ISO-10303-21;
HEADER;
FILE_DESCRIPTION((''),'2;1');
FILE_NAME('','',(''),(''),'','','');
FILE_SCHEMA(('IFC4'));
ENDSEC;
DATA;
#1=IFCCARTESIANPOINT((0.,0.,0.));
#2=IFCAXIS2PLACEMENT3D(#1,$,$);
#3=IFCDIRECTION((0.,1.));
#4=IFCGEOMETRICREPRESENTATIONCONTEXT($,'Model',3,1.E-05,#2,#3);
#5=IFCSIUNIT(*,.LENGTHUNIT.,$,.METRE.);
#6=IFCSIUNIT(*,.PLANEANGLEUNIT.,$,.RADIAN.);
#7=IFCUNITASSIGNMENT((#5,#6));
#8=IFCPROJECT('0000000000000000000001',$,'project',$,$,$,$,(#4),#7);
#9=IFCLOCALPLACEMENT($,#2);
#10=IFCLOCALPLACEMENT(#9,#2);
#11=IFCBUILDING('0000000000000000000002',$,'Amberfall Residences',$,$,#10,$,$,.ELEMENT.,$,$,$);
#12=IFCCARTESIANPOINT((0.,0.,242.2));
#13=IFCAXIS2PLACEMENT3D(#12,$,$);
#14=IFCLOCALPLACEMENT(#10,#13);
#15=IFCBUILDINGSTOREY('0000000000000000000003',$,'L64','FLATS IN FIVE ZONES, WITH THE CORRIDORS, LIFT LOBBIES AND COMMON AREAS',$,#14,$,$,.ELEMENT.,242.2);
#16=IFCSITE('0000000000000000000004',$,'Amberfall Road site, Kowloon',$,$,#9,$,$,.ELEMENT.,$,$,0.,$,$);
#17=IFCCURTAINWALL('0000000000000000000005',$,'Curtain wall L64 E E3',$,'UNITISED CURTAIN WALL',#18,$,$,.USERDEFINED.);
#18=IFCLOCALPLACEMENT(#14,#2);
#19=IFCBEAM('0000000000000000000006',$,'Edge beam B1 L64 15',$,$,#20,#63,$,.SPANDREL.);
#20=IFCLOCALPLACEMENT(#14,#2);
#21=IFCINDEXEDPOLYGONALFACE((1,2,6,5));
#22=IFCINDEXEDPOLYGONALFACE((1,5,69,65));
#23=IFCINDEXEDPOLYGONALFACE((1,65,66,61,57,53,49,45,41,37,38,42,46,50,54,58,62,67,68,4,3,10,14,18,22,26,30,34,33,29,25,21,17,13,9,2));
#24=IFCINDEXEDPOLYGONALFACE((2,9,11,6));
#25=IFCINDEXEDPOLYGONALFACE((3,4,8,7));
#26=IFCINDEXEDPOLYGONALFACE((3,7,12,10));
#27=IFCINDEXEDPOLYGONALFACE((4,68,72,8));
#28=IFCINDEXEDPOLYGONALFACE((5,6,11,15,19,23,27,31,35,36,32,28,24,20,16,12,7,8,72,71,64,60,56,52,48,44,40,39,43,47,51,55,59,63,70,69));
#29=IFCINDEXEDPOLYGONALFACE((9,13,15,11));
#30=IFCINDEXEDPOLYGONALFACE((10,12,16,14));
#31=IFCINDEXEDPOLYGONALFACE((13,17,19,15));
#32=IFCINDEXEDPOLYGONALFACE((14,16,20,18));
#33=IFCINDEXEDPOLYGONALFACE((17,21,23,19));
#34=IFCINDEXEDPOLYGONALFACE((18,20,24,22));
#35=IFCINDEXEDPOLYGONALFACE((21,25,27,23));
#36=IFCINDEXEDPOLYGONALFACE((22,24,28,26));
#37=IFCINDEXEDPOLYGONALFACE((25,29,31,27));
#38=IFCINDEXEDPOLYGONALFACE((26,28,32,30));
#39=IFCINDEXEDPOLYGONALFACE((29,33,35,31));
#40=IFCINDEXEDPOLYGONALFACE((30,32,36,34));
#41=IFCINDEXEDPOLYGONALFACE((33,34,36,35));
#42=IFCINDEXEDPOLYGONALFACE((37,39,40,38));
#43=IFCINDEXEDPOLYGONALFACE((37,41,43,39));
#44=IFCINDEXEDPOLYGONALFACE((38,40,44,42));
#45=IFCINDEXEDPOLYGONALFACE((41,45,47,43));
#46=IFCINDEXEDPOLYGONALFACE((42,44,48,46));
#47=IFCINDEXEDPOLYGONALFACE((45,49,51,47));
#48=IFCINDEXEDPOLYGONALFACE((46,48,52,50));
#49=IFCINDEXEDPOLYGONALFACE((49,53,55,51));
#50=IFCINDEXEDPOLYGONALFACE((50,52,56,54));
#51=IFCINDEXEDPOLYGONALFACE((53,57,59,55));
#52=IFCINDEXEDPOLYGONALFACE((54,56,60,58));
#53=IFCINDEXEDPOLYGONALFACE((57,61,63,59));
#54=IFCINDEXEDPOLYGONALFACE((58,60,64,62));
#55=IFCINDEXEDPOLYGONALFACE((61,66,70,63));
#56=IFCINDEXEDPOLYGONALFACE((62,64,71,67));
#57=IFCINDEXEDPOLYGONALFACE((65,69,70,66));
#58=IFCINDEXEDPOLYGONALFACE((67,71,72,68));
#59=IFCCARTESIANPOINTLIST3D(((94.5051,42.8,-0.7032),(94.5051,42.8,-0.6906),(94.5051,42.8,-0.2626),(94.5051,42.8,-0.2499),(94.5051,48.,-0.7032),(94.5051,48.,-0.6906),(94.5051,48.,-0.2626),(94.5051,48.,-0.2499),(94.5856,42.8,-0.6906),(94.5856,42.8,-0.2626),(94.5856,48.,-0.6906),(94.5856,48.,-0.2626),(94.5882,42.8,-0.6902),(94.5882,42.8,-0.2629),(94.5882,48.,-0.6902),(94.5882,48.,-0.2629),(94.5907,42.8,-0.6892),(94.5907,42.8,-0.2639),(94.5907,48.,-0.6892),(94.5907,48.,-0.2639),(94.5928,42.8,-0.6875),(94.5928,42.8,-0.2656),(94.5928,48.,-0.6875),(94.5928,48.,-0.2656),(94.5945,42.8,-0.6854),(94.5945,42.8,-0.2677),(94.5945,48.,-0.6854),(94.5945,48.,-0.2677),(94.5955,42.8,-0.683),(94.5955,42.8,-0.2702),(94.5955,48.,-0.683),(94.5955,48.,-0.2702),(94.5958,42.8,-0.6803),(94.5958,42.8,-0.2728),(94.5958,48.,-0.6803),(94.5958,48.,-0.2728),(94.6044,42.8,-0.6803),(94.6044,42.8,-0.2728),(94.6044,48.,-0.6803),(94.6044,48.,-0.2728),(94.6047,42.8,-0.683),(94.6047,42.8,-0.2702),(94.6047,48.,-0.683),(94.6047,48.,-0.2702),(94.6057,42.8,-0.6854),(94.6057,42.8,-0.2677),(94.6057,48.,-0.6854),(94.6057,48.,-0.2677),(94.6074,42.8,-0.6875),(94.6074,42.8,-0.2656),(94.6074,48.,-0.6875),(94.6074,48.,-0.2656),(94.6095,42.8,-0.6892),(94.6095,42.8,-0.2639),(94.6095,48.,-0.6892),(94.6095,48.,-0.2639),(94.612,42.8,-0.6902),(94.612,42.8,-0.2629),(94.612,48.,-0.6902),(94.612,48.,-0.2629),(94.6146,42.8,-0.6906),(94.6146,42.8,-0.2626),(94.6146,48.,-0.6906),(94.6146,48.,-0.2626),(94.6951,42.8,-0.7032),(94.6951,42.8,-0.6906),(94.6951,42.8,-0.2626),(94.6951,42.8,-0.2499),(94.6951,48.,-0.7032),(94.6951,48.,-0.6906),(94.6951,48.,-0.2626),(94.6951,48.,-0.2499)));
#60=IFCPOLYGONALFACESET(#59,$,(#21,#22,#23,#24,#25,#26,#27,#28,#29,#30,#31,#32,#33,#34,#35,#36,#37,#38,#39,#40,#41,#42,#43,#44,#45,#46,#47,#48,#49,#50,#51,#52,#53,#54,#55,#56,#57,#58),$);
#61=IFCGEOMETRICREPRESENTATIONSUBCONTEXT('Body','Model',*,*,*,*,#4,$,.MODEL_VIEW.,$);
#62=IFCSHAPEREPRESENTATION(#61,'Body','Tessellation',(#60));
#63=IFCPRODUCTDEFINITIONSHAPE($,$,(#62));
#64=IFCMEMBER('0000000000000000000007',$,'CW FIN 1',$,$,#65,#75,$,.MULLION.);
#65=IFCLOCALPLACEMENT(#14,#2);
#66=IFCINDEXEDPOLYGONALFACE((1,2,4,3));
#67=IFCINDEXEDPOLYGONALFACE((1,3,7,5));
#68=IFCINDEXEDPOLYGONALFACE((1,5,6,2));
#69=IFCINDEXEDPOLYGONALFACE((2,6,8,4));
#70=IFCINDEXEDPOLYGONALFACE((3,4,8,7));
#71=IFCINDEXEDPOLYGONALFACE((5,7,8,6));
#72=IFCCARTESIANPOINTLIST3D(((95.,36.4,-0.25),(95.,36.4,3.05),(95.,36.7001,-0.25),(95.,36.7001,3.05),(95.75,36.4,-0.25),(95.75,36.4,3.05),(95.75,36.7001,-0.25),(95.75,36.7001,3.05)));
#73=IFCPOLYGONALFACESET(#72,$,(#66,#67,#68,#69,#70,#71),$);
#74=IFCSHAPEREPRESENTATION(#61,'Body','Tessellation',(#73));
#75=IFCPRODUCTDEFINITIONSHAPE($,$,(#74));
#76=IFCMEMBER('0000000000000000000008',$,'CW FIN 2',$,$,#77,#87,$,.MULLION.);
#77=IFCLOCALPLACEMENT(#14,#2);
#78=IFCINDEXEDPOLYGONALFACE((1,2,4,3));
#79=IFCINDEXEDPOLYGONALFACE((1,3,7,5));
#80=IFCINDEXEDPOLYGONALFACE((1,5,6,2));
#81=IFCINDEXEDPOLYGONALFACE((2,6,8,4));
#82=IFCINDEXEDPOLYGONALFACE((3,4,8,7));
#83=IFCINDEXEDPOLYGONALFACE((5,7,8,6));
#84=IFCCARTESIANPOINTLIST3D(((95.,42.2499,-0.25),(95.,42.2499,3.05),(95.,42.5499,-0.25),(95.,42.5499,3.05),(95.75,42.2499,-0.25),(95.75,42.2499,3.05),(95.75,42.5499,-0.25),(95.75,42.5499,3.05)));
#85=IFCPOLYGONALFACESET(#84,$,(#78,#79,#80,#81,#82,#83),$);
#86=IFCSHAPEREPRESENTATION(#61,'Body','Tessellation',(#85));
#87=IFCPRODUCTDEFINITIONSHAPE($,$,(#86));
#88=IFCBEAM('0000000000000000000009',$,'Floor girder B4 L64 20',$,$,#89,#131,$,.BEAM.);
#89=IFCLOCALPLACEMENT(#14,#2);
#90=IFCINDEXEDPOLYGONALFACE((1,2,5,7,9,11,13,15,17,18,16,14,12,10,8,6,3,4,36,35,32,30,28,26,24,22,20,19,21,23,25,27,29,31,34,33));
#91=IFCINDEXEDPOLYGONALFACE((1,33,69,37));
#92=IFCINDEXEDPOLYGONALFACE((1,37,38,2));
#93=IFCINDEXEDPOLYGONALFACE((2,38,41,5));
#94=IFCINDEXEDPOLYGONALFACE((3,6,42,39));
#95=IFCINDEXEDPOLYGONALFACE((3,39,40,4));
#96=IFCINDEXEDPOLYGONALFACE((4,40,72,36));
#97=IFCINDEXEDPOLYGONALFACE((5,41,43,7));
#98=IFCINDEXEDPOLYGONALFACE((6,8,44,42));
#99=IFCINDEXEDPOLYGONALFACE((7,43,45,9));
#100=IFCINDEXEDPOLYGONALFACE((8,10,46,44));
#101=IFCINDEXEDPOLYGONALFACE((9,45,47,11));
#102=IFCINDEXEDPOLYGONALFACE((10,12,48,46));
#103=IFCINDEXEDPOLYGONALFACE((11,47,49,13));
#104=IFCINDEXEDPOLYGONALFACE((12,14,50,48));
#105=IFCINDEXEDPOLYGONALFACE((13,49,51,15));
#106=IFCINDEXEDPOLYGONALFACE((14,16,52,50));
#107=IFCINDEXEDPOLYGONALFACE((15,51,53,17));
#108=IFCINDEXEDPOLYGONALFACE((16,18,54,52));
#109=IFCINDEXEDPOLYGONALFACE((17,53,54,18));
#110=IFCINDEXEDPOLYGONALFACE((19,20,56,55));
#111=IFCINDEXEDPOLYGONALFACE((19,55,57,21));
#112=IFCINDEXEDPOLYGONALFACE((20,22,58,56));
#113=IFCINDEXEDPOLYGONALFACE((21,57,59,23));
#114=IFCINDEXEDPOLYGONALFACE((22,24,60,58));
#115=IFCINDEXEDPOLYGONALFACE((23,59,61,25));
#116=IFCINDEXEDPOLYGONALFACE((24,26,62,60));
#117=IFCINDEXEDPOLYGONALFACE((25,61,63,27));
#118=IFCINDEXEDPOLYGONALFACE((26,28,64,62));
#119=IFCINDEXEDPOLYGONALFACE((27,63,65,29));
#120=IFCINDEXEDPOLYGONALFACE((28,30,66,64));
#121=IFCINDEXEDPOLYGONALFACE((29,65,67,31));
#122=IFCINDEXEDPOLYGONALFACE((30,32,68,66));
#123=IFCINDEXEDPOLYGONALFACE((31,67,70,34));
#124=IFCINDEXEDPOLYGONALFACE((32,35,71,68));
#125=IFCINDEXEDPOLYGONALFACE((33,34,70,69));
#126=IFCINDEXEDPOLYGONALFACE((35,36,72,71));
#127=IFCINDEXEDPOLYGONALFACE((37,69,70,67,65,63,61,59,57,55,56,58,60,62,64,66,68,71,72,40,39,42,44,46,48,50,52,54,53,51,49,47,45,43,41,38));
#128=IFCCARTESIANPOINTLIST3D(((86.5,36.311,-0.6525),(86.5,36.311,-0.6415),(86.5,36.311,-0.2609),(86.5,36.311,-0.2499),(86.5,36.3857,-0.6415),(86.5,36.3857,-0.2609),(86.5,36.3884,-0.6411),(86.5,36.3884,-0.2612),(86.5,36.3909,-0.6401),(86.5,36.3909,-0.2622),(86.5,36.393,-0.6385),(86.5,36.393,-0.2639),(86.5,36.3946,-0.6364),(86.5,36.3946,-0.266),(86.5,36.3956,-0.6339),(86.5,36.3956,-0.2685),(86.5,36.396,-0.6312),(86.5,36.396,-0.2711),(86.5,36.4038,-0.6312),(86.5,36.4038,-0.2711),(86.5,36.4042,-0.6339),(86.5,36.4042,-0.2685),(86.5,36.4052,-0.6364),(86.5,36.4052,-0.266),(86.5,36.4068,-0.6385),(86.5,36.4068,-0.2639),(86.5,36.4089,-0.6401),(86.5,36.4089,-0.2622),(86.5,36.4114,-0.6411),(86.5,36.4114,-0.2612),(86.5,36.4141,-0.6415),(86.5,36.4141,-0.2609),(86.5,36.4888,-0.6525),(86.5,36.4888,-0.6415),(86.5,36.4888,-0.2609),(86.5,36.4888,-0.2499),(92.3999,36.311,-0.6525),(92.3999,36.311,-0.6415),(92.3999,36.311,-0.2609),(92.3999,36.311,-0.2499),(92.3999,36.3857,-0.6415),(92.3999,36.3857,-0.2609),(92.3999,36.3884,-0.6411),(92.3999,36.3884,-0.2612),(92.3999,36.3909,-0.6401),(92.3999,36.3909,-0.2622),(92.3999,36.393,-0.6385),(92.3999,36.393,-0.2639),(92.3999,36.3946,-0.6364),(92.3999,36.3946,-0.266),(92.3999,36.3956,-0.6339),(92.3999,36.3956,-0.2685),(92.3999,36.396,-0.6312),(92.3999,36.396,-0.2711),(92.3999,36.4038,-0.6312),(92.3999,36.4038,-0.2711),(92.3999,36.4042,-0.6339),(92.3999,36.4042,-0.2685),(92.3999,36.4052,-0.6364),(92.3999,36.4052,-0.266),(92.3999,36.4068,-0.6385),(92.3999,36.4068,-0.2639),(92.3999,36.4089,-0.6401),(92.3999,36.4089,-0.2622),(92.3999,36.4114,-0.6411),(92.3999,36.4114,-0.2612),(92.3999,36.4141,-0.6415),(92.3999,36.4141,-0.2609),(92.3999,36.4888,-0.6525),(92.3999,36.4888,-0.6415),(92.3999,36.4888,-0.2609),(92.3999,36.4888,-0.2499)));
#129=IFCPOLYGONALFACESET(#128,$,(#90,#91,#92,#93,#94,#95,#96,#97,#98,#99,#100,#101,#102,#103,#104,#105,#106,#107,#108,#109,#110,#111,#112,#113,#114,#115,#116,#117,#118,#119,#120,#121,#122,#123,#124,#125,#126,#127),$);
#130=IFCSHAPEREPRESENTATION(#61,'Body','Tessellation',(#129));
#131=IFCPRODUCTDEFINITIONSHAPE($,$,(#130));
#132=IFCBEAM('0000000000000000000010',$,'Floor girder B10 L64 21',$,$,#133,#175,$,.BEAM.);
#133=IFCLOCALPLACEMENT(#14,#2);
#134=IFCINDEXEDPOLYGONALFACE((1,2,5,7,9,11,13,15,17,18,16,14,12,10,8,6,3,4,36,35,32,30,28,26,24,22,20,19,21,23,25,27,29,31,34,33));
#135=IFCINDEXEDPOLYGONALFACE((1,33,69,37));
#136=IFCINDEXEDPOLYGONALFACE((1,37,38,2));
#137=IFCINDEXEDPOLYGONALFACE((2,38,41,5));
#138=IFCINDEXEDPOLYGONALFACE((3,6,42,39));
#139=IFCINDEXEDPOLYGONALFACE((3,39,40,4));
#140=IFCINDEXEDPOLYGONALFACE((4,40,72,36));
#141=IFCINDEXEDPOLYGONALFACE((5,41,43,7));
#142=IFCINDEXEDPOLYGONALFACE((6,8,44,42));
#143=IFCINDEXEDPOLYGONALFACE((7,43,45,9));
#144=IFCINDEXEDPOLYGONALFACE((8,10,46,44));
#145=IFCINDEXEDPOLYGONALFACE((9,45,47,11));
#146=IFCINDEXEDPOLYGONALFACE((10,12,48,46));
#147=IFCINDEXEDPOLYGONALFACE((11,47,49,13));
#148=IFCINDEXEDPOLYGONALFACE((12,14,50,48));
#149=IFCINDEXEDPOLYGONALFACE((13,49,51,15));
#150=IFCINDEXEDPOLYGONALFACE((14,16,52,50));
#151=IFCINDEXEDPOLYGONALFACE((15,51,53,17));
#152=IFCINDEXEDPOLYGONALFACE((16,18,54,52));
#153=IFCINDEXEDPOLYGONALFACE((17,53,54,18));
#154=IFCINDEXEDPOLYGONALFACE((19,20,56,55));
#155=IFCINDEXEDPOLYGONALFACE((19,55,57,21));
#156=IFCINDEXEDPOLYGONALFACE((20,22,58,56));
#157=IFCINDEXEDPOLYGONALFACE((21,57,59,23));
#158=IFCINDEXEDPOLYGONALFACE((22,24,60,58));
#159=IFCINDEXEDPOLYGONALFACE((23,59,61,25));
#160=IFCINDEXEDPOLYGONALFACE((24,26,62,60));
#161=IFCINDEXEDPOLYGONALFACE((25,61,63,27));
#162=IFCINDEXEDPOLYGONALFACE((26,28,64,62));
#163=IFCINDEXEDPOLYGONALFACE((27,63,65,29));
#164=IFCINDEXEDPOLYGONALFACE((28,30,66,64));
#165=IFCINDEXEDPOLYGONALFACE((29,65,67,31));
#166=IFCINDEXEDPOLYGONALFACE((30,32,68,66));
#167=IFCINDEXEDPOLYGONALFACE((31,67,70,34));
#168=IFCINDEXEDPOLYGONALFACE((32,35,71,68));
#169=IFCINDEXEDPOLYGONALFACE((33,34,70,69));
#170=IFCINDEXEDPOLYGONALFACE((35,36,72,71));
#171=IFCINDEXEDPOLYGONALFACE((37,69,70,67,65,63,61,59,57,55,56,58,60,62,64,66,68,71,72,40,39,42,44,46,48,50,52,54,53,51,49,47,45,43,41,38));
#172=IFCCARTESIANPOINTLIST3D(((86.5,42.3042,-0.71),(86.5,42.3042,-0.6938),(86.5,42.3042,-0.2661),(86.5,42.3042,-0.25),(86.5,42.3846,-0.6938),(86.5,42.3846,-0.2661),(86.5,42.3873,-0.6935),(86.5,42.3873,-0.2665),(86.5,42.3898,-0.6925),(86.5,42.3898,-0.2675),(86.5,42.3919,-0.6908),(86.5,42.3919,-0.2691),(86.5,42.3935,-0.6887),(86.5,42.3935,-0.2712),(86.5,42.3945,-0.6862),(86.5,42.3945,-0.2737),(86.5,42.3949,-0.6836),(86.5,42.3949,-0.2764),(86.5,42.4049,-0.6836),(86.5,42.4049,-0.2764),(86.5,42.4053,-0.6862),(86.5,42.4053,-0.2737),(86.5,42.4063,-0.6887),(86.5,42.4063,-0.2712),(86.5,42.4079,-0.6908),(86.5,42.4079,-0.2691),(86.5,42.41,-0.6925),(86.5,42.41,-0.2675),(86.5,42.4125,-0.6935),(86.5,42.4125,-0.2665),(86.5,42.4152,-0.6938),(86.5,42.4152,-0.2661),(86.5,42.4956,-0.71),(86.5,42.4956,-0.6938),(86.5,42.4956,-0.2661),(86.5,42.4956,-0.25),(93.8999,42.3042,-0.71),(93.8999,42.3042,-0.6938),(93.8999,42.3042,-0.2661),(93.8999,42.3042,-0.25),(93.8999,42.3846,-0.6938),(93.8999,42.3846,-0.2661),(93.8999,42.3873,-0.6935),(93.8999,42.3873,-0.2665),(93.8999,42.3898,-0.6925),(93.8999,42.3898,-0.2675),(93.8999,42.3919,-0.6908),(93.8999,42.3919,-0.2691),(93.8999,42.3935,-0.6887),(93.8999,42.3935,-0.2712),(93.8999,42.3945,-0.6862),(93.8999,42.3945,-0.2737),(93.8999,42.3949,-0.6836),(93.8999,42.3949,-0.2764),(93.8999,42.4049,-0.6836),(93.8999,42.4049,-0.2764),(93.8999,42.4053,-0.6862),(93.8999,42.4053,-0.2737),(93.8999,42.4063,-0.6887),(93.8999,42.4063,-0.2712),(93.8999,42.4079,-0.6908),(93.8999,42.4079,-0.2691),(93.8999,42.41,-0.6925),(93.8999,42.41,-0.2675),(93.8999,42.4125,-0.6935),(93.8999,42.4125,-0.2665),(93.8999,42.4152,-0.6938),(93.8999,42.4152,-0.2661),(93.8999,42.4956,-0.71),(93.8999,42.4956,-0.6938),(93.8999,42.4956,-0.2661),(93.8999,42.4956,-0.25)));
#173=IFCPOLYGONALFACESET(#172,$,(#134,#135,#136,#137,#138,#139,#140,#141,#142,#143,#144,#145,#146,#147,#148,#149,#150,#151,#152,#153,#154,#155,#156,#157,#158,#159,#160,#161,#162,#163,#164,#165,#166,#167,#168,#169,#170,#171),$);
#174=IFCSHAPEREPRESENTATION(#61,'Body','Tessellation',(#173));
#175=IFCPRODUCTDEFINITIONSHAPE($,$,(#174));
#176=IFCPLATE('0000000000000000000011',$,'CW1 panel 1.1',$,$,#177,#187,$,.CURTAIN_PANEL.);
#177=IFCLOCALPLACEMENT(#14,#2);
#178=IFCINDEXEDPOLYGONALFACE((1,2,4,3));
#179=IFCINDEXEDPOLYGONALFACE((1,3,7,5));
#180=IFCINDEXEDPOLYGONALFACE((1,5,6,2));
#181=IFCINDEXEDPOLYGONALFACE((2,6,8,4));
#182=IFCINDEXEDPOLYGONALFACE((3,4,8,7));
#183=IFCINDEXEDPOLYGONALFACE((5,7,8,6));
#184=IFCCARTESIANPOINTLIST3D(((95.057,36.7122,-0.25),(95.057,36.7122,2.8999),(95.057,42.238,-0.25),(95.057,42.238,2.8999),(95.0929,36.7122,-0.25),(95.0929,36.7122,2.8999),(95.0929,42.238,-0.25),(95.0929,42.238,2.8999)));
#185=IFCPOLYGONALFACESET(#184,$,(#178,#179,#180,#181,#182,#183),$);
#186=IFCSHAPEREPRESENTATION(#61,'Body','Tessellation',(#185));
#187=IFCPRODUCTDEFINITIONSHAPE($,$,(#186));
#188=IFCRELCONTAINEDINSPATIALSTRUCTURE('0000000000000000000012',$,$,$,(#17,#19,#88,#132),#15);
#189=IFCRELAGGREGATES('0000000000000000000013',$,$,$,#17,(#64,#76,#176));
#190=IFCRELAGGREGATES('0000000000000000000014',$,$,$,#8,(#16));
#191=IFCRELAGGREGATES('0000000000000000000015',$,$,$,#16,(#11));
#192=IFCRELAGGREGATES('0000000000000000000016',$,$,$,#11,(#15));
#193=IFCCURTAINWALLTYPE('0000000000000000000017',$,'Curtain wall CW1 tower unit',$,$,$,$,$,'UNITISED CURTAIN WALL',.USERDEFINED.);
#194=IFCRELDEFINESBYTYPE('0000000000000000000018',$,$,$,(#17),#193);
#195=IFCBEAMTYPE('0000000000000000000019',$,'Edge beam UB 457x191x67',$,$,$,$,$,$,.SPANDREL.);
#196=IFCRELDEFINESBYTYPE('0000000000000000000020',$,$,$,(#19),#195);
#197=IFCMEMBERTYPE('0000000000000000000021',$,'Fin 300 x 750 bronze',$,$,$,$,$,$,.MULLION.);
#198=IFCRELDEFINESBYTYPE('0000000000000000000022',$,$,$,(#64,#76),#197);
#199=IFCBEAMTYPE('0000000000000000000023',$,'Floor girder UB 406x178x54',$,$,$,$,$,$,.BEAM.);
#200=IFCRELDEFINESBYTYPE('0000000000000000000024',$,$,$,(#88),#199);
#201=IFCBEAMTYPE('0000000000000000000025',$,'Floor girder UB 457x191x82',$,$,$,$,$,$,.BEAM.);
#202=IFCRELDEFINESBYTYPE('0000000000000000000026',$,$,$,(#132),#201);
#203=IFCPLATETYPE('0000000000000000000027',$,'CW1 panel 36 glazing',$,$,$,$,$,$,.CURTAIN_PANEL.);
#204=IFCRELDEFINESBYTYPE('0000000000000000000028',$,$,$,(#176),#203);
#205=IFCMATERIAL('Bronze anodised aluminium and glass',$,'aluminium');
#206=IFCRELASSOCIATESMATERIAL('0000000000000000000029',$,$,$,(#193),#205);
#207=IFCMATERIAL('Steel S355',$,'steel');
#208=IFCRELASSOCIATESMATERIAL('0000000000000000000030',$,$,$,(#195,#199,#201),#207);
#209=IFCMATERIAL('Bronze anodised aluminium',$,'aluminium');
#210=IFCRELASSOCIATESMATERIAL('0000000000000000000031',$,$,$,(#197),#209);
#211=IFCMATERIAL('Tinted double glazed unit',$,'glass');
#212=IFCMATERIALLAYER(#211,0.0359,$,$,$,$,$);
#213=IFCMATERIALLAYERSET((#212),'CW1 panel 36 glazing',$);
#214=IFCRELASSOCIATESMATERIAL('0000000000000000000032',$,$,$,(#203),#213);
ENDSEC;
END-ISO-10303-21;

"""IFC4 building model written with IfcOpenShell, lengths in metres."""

from ifc_helpers import new_model, si_unit, direction, frame, origin, origin_2d, place, context, subcontext, project, spatial, rectangle, i_section, extrude, material, layer, layer_set, material_profile, profile_set, type_object, element, aggregate, save


model = new_model("IFC4")

# Units and contexts
model_context = context("Model", 3, precision=1e-05, world=origin(), true_north=direction((0.0, 1.0)))
body_context = subcontext(model_context, "Body", "Model", "MODEL_VIEW")
ifc_project = project(units=[si_unit("LENGTHUNIT", "METRE"), si_unit("PLANEANGLEUNIT", "RADIAN")], contexts=[model_context])

# Site, building, storey
site_placement = place(None, origin())
site = spatial("IfcSite", under=ifc_project, at=site_placement, Name="Amberfall Road site, Kowloon", CompositionType="ELEMENT", RefElevation=0.0)
building_placement = place(site_placement, origin())
building = spatial("IfcBuilding", under=site, at=building_placement, Name="Amberfall Residences", CompositionType="ELEMENT")
storey_placement = place(building_placement, frame((0.0, 0.0, 242.2)))
storey = spatial("IfcBuildingStorey", under=building, at=storey_placement, Name="L64", Description="FLATS IN FIVE ZONES, WITH THE CORRIDORS, LIFT LOBBIES AND COMMON AREAS", CompositionType="ELEMENT", Elevation=242.2)

# Curtain wall
ifc_material_1 = material(Name="Bronze anodised aluminium and glass", Category="aluminium")
curtain_wall_type = type_object("IfcCurtainWallType", Name="Curtain wall CW1 tower unit", ElementType="UNITISED CURTAIN WALL", PredefinedType="USERDEFINED", material=ifc_material_1)
curtain_wall_placement = place(storey_placement, origin())
curtain_wall = element("IfcCurtainWall", 1, at=curtain_wall_placement, inside=storey, type_object=curtain_wall_type, Name="Curtain wall L64 E E3", ObjectType="UNITISED CURTAIN WALL", PredefinedType="USERDEFINED")
ifc_material_2 = material(Name="Bronze anodised aluminium", Category="aluminium")

# Beam
ifc_material_3 = material(Name="Steel S355", Category="steel")
ifc_material_profile_1 = material_profile(ifc_material_3, i_section(OverallWidth=0.1899, OverallDepth=0.4534, WebThickness=0.0085, FlangeThickness=0.0127, FilletRadius=0.0103, at=origin_2d()), Name="UB 457x191x67")
ifc_profile_set_1 = profile_set([ifc_material_profile_1], Name="Steel S355")
beam_type_1 = type_object("IfcBeamType", Name="Edge beam UB 457x191x67", PredefinedType="SPANDREL", material=ifc_profile_set_1)
beam_1_placement = place(storey_placement, frame((94.6001, 42.8, -0.4766), z_axis=(0.0, 1.0, 0.0), x_axis=(-1.0, 0.0, 0.0)))
element("IfcBeam", 2, at=beam_1_placement, inside=storey, type_object=beam_type_1, Name="Edge beam B1 L64 15", PredefinedType="SPANDREL", context=body_context, shape_type="SweptSolid", body=[
    extrude(i_section(OverallWidth=0.1899, OverallDepth=0.4534, WebThickness=0.0085, FlangeThickness=0.0127, FilletRadius=0.0103, at=origin_2d()), origin(), (0.0, 0.0, 1.0), 5.2),
])

# Members
ifc_material_profile_2 = material_profile(ifc_material_2, rectangle(XDim=0.75, YDim=0.3, at=origin_2d()), Name="Fin 300 x 750 bronze")
ifc_profile_set_2 = profile_set([ifc_material_profile_2], Name="Bronze anodised aluminium")
member_type_1 = type_object("IfcMemberType", Name="Fin 300 x 750 bronze", PredefinedType="MULLION", material=ifc_profile_set_2)
member_1_placement = place(storey_placement, frame((95.375, 36.55, -0.25), z_axis=(0.0, 0.0, 1.0), x_axis=(-1.0, 0.0, 0.0)))
member_1 = element("IfcMember", 3, at=member_1_placement, type_object=member_type_1, Name="CW FIN 1", PredefinedType="MULLION", context=body_context, shape_type="SweptSolid", body=[
    extrude(rectangle(XDim=0.75, YDim=0.3, at=origin_2d()), origin(), (0.0, 0.0, 1.0), 3.3),
])
member_2_placement = place(storey_placement, frame((95.375, 42.3999, -0.25), z_axis=(0.0, 0.0, 1.0), x_axis=(-1.0, 0.0, 0.0)))
member_2 = element("IfcMember", 4, at=member_2_placement, type_object=member_type_1, Name="CW FIN 2", PredefinedType="MULLION", context=body_context, shape_type="SweptSolid", body=[
    extrude(rectangle(XDim=0.75, YDim=0.3, at=origin_2d()), origin(), (0.0, 0.0, 1.0), 3.3),
])

# Beams
ifc_material_profile_3 = material_profile(ifc_material_3, i_section(OverallWidth=0.1777, OverallDepth=0.4026, WebThickness=0.0078, FlangeThickness=0.011, FilletRadius=0.0103, at=origin_2d()), Name="UB 406x178x54")
ifc_profile_set_3 = profile_set([ifc_material_profile_3], Name="Steel S355")
beam_type_2 = type_object("IfcBeamType", Name="Floor girder UB 406x178x54", PredefinedType="BEAM", material=ifc_profile_set_3)
beam_2_placement = place(storey_placement, frame((92.3999, 36.3999, -0.4512), z_axis=(-1.0, 0.0, 0.0), x_axis=(0.0, -1.0, 0.0)))
element("IfcBeam", 5, at=beam_2_placement, inside=storey, type_object=beam_type_2, Name="Floor girder B4 L64 20", PredefinedType="BEAM", context=body_context, shape_type="SweptSolid", body=[
    extrude(i_section(OverallWidth=0.1777, OverallDepth=0.4026, WebThickness=0.0078, FlangeThickness=0.011, FilletRadius=0.0103, at=origin_2d()), origin(), (0.0, 0.0, 1.0), 5.8999),
])
ifc_material_profile_4 = material_profile(ifc_material_3, i_section(OverallWidth=0.1914, OverallDepth=0.46, WebThickness=0.01, FlangeThickness=0.0161, FilletRadius=0.0103, at=origin_2d()), Name="UB 457x191x82")
ifc_profile_set_4 = profile_set([ifc_material_profile_4], Name="Steel S355")
beam_type_3 = type_object("IfcBeamType", Name="Floor girder UB 457x191x82", PredefinedType="BEAM", material=ifc_profile_set_4)
beam_3_placement = place(storey_placement, frame((93.8999, 42.3999, -0.48), z_axis=(-1.0, 0.0, 0.0), x_axis=(0.0, -1.0, 0.0)))
element("IfcBeam", 6, at=beam_3_placement, inside=storey, type_object=beam_type_3, Name="Floor girder B10 L64 21", PredefinedType="BEAM", context=body_context, shape_type="SweptSolid", body=[
    extrude(i_section(OverallWidth=0.1914, OverallDepth=0.46, WebThickness=0.01, FlangeThickness=0.0161, FilletRadius=0.0103, at=origin_2d()), origin(), (0.0, 0.0, 1.0), 7.3999),
])

# Plate
ifc_material_4 = material(Name="Tinted double glazed unit", Category="glass")
ifc_layer_1 = layer(ifc_material_4, 0.0359)
ifc_layer_set_1 = layer_set([ifc_layer_1], Name="CW1 panel 36 glazing")
plate_type = type_object("IfcPlateType", Name="CW1 panel 36 glazing", PredefinedType="CURTAIN_PANEL", material=ifc_layer_set_1)
plate_placement = place(storey_placement, frame((95.075, 39.4751, -0.25), z_axis=(0.0, 0.0, 1.0), x_axis=(0.0, 1.0, 0.0)))
plate = element("IfcPlate", 7, at=plate_placement, type_object=plate_type, Name="CW1 panel 1.1", PredefinedType="CURTAIN_PANEL", context=body_context, shape_type="SweptSolid", body=[
    extrude(rectangle(XDim=5.5259, YDim=0.0359, at=origin_2d()), origin(), (0.0, 0.0, 1.0), 3.1499),
])
aggregate(curtain_wall, [member_1, member_2, plate])

save(model, "model.ifc")
